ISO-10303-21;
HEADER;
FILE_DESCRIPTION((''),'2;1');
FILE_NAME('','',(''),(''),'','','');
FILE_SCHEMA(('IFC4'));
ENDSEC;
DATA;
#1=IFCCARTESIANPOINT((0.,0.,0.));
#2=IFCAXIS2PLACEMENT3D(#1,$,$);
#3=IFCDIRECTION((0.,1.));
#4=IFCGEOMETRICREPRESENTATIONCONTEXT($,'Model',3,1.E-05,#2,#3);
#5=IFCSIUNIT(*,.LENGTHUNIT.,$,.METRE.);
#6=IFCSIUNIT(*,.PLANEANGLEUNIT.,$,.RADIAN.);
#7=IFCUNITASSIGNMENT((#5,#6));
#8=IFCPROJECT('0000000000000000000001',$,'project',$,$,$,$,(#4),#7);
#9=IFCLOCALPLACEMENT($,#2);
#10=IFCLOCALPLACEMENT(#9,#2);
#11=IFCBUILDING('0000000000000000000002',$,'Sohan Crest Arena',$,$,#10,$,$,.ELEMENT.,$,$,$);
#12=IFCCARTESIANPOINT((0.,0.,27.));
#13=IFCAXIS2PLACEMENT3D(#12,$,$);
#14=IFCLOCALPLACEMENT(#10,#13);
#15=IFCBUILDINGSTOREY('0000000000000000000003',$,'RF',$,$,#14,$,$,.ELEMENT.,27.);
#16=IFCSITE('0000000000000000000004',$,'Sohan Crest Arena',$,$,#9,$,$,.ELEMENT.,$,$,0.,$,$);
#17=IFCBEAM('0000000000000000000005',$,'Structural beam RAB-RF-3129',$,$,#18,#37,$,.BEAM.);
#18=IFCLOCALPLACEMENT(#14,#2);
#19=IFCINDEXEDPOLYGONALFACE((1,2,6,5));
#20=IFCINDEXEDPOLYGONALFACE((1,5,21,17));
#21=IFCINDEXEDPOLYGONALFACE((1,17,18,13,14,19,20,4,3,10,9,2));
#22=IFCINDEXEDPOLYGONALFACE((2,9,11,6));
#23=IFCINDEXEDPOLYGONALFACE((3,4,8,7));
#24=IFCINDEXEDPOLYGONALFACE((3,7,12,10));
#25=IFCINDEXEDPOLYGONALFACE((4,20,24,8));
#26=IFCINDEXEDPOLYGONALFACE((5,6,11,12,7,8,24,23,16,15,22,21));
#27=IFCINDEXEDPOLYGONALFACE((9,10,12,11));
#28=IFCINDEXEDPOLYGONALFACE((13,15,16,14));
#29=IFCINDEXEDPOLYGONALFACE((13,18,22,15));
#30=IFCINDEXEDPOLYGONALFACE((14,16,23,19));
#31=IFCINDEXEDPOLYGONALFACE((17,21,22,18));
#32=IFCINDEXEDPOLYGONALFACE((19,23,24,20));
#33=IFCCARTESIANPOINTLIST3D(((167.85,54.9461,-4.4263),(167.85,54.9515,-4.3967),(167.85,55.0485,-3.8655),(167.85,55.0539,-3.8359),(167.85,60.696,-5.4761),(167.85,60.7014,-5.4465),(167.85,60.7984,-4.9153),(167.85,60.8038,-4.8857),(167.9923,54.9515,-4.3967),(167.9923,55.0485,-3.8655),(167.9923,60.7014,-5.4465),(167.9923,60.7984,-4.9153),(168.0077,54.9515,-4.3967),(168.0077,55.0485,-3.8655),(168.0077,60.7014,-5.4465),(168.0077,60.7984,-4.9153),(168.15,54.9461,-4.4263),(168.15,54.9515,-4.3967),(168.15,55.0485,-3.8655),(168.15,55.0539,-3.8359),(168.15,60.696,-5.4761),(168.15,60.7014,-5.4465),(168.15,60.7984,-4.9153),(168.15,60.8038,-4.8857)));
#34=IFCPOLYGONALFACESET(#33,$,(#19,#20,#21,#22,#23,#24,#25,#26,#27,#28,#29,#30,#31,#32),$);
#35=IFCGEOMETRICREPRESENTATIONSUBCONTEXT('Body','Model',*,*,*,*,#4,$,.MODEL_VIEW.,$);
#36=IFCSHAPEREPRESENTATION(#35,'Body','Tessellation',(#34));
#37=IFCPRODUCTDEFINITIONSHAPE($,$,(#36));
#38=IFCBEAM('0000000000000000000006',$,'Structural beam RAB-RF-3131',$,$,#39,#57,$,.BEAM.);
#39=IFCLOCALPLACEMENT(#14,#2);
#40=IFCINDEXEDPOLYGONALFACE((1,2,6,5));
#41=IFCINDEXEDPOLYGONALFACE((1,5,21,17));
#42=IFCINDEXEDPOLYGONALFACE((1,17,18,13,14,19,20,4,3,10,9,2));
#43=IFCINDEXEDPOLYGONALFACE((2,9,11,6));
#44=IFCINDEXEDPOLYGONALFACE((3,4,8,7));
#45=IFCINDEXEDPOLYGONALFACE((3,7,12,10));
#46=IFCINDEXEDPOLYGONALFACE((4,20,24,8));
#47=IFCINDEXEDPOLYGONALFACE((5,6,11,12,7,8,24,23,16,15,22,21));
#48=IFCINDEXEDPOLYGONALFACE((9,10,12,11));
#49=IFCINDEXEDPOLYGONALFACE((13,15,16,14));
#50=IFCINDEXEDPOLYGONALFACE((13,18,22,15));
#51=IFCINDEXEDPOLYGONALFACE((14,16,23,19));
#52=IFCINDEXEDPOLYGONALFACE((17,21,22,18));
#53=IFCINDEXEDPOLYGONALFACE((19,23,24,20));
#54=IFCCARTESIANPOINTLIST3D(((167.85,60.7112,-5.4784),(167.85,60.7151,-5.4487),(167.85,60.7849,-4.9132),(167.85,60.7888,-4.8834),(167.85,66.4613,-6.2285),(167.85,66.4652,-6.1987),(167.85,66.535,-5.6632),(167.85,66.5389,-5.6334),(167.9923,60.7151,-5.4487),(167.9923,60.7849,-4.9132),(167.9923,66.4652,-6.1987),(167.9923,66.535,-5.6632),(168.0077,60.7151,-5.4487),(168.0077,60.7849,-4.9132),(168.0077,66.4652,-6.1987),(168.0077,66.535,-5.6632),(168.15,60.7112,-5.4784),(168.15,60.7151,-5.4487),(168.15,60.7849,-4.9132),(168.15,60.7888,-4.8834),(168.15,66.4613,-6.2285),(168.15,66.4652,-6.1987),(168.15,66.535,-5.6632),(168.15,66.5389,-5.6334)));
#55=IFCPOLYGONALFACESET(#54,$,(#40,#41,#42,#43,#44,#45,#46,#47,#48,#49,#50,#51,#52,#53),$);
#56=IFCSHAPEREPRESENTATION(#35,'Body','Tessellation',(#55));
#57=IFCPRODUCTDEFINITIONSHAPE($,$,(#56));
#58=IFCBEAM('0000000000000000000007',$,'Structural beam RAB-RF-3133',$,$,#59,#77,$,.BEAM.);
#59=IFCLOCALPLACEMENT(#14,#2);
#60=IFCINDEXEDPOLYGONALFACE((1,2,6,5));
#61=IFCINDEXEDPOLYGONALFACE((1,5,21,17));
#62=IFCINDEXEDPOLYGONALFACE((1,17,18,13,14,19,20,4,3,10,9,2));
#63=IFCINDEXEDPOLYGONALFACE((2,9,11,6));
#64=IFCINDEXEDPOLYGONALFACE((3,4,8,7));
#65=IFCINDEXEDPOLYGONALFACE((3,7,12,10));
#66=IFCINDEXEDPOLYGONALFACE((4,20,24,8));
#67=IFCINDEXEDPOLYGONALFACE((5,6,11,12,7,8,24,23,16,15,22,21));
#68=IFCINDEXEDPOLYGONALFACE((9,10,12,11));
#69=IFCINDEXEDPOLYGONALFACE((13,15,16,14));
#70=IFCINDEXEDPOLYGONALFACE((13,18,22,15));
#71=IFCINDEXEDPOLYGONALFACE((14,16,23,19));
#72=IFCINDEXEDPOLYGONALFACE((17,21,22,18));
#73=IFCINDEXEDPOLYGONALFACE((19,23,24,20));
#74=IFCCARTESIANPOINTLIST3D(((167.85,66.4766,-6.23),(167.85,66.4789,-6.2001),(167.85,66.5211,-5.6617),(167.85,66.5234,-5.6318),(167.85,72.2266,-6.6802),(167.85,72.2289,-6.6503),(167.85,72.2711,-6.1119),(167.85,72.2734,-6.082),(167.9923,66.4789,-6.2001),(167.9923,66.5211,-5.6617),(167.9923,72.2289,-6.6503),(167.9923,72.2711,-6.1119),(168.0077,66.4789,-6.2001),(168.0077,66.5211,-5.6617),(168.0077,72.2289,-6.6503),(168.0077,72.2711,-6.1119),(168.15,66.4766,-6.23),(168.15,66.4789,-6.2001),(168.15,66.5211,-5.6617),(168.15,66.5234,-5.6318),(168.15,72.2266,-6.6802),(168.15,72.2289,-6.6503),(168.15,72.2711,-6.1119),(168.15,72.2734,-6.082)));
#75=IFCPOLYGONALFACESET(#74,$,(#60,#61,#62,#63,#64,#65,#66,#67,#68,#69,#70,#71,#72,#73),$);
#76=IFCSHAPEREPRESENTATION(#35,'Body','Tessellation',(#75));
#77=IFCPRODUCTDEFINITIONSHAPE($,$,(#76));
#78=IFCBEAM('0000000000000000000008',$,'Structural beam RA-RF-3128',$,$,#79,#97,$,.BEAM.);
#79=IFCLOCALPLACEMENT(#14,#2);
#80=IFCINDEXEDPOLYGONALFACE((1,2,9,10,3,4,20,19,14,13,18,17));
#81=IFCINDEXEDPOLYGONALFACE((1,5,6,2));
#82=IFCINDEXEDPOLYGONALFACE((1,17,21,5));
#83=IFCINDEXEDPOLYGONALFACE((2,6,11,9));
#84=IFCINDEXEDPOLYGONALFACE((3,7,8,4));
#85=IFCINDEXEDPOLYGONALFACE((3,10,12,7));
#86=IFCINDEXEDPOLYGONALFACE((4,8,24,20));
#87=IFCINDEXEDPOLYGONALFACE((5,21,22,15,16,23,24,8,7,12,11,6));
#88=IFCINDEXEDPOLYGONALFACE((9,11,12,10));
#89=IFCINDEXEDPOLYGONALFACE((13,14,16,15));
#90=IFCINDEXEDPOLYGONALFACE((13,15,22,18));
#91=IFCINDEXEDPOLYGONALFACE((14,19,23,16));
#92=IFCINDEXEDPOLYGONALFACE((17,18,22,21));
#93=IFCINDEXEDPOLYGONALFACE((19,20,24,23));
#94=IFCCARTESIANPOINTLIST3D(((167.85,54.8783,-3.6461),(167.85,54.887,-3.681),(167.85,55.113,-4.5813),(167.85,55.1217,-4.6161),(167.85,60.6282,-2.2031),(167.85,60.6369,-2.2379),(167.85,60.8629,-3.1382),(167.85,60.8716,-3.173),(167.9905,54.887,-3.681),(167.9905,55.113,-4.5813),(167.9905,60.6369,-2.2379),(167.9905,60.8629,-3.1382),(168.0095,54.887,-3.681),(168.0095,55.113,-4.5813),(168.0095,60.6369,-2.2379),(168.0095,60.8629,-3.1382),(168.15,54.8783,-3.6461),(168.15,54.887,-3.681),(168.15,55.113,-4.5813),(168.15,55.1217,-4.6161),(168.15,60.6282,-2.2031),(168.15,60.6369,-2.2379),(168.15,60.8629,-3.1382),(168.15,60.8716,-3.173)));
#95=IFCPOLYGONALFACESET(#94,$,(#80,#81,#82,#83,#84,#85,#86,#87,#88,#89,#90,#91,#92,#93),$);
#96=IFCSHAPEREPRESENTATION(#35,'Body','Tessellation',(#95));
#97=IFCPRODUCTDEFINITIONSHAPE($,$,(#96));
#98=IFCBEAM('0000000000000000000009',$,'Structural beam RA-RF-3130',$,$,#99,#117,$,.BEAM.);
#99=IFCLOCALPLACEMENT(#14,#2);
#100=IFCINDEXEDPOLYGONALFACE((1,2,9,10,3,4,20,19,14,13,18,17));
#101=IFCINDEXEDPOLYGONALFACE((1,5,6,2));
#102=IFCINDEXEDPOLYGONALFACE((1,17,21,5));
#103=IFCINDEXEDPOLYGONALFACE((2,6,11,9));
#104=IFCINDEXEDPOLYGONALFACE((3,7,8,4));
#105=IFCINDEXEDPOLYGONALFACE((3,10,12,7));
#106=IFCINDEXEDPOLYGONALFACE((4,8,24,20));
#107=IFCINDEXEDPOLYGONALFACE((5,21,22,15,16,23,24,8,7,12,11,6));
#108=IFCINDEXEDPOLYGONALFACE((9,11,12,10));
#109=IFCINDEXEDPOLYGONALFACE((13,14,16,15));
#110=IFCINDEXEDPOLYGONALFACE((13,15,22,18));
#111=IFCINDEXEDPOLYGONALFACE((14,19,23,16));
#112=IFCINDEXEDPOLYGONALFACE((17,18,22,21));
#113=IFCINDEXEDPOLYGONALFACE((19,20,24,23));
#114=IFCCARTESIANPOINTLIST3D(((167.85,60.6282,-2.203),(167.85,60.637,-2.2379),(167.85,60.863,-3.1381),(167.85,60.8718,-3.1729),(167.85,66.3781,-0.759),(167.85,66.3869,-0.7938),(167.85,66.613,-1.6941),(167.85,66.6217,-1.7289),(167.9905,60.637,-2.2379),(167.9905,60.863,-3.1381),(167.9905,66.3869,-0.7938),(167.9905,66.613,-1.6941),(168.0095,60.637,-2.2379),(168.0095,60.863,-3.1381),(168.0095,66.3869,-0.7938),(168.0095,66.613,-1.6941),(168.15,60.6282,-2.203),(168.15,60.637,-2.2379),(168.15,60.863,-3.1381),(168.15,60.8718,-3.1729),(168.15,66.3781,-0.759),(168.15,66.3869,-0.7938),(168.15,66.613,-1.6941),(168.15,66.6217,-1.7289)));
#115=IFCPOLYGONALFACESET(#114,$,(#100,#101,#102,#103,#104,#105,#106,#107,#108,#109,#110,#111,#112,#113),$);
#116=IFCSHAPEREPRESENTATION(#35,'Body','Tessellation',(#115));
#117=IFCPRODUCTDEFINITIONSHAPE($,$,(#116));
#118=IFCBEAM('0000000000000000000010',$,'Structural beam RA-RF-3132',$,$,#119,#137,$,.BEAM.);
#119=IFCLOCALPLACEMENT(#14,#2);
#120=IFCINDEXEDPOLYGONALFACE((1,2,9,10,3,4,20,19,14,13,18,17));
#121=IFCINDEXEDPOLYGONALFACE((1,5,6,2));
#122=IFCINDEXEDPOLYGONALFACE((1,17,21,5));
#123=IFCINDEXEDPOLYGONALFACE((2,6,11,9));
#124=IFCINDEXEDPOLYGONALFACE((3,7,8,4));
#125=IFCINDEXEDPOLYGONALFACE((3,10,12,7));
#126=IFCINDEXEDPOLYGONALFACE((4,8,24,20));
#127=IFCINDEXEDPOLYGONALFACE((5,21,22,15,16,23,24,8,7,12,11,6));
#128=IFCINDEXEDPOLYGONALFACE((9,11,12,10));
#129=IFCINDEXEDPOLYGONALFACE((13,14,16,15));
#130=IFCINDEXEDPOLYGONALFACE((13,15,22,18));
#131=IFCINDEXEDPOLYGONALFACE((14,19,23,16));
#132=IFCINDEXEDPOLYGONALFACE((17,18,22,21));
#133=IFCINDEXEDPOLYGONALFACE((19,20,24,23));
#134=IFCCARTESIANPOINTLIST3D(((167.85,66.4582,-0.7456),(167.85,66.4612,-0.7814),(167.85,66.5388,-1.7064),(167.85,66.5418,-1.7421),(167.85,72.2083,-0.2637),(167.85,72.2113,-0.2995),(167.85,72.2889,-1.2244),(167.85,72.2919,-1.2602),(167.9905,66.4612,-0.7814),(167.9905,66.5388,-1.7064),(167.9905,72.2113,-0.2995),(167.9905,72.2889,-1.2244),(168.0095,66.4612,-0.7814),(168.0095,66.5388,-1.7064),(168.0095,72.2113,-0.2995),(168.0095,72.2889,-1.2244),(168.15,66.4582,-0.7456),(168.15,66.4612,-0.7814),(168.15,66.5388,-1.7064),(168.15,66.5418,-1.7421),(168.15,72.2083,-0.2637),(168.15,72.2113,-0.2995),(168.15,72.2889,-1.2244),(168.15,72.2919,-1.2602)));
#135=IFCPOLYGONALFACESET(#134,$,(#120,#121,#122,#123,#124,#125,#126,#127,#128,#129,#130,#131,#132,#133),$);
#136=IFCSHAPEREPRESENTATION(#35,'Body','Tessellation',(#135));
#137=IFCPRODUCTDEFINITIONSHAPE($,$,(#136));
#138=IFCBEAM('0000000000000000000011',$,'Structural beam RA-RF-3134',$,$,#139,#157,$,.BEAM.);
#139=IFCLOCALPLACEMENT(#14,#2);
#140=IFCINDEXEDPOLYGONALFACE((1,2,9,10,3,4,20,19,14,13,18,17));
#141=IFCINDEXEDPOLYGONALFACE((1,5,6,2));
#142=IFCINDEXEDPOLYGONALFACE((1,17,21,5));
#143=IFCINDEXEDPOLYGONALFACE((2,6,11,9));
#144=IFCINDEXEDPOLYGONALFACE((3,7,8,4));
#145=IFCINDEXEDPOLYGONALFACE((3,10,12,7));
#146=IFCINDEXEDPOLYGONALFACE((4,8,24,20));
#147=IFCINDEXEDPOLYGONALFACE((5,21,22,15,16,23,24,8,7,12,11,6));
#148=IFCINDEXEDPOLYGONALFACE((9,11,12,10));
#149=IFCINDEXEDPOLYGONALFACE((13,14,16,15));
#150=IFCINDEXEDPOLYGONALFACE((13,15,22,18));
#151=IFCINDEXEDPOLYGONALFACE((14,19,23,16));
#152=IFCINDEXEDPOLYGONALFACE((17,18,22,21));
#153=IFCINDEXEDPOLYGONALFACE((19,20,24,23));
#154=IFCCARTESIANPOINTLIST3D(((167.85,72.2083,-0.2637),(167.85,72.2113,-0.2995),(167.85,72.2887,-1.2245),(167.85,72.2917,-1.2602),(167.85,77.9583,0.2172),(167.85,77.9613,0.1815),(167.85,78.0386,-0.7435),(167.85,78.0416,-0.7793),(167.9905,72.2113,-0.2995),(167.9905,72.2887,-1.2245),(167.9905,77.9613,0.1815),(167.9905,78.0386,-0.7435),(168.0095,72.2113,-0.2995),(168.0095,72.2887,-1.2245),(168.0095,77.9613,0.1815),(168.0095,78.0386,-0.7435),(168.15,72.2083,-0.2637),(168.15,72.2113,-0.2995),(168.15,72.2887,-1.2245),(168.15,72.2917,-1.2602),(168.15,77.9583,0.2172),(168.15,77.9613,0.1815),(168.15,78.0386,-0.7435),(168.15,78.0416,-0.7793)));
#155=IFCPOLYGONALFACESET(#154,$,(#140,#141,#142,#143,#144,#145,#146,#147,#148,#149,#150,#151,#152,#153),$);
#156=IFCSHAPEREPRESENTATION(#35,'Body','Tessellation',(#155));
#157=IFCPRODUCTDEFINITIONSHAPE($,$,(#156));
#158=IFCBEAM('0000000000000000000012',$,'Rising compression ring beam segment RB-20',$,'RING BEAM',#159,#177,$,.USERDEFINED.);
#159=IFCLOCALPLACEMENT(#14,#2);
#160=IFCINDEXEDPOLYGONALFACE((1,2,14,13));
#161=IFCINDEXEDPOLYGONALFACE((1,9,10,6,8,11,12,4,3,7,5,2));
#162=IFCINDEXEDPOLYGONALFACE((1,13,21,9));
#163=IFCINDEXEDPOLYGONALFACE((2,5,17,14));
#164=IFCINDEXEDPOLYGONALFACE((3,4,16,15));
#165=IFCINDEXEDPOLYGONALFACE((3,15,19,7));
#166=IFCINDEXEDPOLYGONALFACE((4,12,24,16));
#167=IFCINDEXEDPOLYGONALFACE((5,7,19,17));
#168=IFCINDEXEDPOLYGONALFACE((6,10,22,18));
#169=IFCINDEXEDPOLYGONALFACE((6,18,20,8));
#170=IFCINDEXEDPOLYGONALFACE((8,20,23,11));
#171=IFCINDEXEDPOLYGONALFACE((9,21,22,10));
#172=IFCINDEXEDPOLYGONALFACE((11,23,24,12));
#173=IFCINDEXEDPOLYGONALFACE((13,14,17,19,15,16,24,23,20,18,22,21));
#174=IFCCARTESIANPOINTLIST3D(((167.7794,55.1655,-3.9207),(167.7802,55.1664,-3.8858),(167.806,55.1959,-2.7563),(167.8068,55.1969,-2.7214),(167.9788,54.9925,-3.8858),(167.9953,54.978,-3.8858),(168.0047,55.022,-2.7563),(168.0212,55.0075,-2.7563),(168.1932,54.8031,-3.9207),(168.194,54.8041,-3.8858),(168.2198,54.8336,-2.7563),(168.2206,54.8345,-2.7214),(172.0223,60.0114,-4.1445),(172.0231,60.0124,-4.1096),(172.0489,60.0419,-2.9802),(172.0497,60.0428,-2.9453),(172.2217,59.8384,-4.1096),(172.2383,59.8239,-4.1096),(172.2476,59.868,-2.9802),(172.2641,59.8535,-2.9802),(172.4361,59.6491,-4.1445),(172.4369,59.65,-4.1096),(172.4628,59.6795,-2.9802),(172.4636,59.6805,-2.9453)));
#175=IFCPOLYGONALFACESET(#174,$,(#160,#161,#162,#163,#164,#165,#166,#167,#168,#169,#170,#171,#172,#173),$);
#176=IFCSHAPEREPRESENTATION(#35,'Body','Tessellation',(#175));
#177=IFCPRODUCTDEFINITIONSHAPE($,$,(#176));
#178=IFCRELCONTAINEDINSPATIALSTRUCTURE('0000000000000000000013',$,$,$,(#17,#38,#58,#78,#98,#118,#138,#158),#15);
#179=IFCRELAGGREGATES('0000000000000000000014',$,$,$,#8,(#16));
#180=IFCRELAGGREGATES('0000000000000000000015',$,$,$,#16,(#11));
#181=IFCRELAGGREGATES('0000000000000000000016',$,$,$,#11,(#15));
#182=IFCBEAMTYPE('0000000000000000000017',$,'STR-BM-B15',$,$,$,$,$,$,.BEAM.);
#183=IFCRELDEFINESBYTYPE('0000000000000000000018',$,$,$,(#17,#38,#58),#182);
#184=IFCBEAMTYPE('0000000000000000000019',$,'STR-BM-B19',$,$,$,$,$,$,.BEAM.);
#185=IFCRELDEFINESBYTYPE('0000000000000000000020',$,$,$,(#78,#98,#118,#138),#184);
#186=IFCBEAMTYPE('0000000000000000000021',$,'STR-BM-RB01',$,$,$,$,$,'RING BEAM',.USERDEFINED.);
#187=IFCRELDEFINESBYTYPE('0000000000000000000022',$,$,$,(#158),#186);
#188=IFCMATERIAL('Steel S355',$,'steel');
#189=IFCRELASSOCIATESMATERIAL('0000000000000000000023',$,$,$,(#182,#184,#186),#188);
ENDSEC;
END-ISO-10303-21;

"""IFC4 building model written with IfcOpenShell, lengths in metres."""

from ifc_helpers import new_model, si_unit, direction, frame, origin, origin_2d, place, context, subcontext, project, spatial, i_section, extrude, material, material_profile, profile_set, type_object, element, save


model = new_model("IFC4")

# Units and contexts
model_context = context("Model", 3, precision=1e-05, world=origin(), true_north=direction((0.0, 1.0)))
body_context = subcontext(model_context, "Body", "Model", "MODEL_VIEW")
ifc_project = project(units=[si_unit("LENGTHUNIT", "METRE"), si_unit("PLANEANGLEUNIT", "RADIAN")], contexts=[model_context])

# Site, building, storey
site_placement = place(None, origin())
site = spatial("IfcSite", under=ifc_project, at=site_placement, Name="Sohan Crest Arena", CompositionType="ELEMENT", RefElevation=0.0)
building_placement = place(site_placement, origin())
building = spatial("IfcBuilding", under=site, at=building_placement, Name="Sohan Crest Arena", CompositionType="ELEMENT")
storey_placement = place(building_placement, frame((0.0, 0.0, 27.0)))
storey = spatial("IfcBuildingStorey", under=building, at=storey_placement, Name="RF", CompositionType="ELEMENT", Elevation=27.0)

# Beams
ifc_material_1 = material(Name="Steel S355", Category="steel")
ifc_material_profile_1 = material_profile(ifc_material_1, i_section(OverallWidth=0.3, OverallDepth=0.6001, WebThickness=0.0154, FlangeThickness=0.03, at=origin_2d()), Name="HEB 600")
ifc_profile_set_1 = profile_set([ifc_material_profile_1], Name="Steel S355")
beam_type_1 = type_object("IfcBeamType", Name="STR-BM-B15", PredefinedType="BEAM", material=ifc_profile_set_1)
beam_1_placement = place(storey_placement, frame((168.0, 55.0, -4.1311), z_axis=(0.0, 0.983739, -0.179606), x_axis=(-1.0, 0.0, 0.0)))
element("IfcBeam", 1, at=beam_1_placement, inside=storey, type_object=beam_type_1, Name="Structural beam RAB-RF-3129", PredefinedType="BEAM", context=body_context, shape_type="SweptSolid", body=[
    extrude(i_section(OverallWidth=0.3, OverallDepth=0.6001, WebThickness=0.0154, FlangeThickness=0.03, at=origin_2d()), origin(), (0.0, 0.0, 1.0), 5.845),
])
beam_2_placement = place(storey_placement, frame((168.0, 60.75, -5.1809), z_axis=(0.0, 0.9916, -0.129339), x_axis=(-1.0, 0.0, 0.0)))
element("IfcBeam", 2, at=beam_2_placement, inside=storey, type_object=beam_type_1, Name="Structural beam RAB-RF-3131", PredefinedType="BEAM", context=body_context, shape_type="SweptSolid", body=[
    extrude(i_section(OverallWidth=0.3, OverallDepth=0.6001, WebThickness=0.0154, FlangeThickness=0.03, at=origin_2d()), origin(), (0.0, 0.0, 1.0), 5.7988),
])
beam_3_placement = place(storey_placement, frame((168.0, 66.5, -5.9309), z_axis=(0.0, 0.996949, -0.078056), x_axis=(-1.0, 0.0, 0.0)))
element("IfcBeam", 3, at=beam_3_placement, inside=storey, type_object=beam_type_1, Name="Structural beam RAB-RF-3133", PredefinedType="BEAM", context=body_context, shape_type="SweptSolid", body=[
    extrude(i_section(OverallWidth=0.3, OverallDepth=0.6001, WebThickness=0.0154, FlangeThickness=0.03, at=origin_2d()), origin(), (0.0, 0.0, 1.0), 5.7676),
])
ifc_material_profile_2 = material_profile(ifc_material_1, i_section(OverallWidth=0.3, OverallDepth=1.0, WebThickness=0.019, FlangeThickness=0.0359, at=origin_2d()), Name="HEB 1000")
ifc_profile_set_2 = profile_set([ifc_material_profile_2], Name="Steel S355")
beam_type_2 = type_object("IfcBeamType", Name="STR-BM-B19", PredefinedType="BEAM", material=ifc_profile_set_2)
beam_4_placement = place(storey_placement, frame((168.0, 55.0, -4.1311), z_axis=(0.0, 0.969919, 0.243427), x_axis=(-1.0, 0.0, 0.0)))
element("IfcBeam", 4, at=beam_4_placement, inside=storey, type_object=beam_type_2, Name="Structural beam RA-RF-3128", PredefinedType="BEAM", context=body_context, shape_type="SweptSolid", body=[
    extrude(i_section(OverallWidth=0.3, OverallDepth=1.0, WebThickness=0.019, FlangeThickness=0.0359, at=origin_2d()), origin(), (0.0, 0.0, 1.0), 5.9282),
])
beam_5_placement = place(storey_placement, frame((168.0, 60.75, -2.688), z_axis=(0.0, 0.96988, 0.243582), x_axis=(-1.0, 0.0, 0.0)))
element("IfcBeam", 5, at=beam_5_placement, inside=storey, type_object=beam_type_2, Name="Structural beam RA-RF-3130", PredefinedType="BEAM", context=body_context, shape_type="SweptSolid", body=[
    extrude(i_section(OverallWidth=0.3, OverallDepth=1.0, WebThickness=0.019, FlangeThickness=0.0359, at=origin_2d()), origin(), (0.0, 0.0, 1.0), 5.9285),
])
beam_6_placement = place(storey_placement, frame((168.0, 66.5, -1.2439), z_axis=(0.0, 0.996506, 0.083522), x_axis=(-1.0, 0.0, 0.0)))
element("IfcBeam", 6, at=beam_6_placement, inside=storey, type_object=beam_type_2, Name="Structural beam RA-RF-3132", PredefinedType="BEAM", context=body_context, shape_type="SweptSolid", body=[
    extrude(i_section(OverallWidth=0.3, OverallDepth=1.0, WebThickness=0.019, FlangeThickness=0.0359, at=origin_2d()), origin(), (0.0, 0.0, 1.0), 5.7703),
])
beam_7_placement = place(storey_placement, frame((168.0, 72.25, -0.762), z_axis=(0.0, 0.99652, 0.083354), x_axis=(-1.0, 0.0, 0.0)))
element("IfcBeam", 7, at=beam_7_placement, inside=storey, type_object=beam_type_2, Name="Structural beam RA-RF-3134", PredefinedType="BEAM", context=body_context, shape_type="SweptSolid", body=[
    extrude(i_section(OverallWidth=0.3, OverallDepth=1.0, WebThickness=0.019, FlangeThickness=0.0359, at=origin_2d()), origin(), (0.0, 0.0, 1.0), 5.77),
])
ifc_material_profile_3 = material_profile(ifc_material_1, i_section(OverallWidth=0.55, OverallDepth=1.2, WebThickness=0.022, FlangeThickness=0.0349, at=origin_2d()), Name="PG 1200x550x22x35")
ifc_profile_set_3 = profile_set([ifc_material_profile_3], Name="Steel S355")
beam_type_3 = type_object("IfcBeamType", Name="STR-BM-RB01", ElementType="RING BEAM", PredefinedType="USERDEFINED", material=ifc_profile_set_3)
beam_8_placement = place(storey_placement, frame((168.0, 55.0, -3.321), z_axis=(0.658346, 0.751914, -0.034738), x_axis=(-0.752368, 0.658743, 0.0)))
element("IfcBeam", 8, at=beam_8_placement, inside=storey, type_object=beam_type_3, Name="Rising compression ring beam segment RB-20", ObjectType="RING BEAM", PredefinedType="USERDEFINED", context=body_context, shape_type="SweptSolid", body=[
    extrude(i_section(OverallWidth=0.55, OverallDepth=1.2, WebThickness=0.022, FlangeThickness=0.0349, at=origin_2d()), origin(), (0.0, 0.0, 1.0), 6.4448),
])

save(model, "model.ifc")
